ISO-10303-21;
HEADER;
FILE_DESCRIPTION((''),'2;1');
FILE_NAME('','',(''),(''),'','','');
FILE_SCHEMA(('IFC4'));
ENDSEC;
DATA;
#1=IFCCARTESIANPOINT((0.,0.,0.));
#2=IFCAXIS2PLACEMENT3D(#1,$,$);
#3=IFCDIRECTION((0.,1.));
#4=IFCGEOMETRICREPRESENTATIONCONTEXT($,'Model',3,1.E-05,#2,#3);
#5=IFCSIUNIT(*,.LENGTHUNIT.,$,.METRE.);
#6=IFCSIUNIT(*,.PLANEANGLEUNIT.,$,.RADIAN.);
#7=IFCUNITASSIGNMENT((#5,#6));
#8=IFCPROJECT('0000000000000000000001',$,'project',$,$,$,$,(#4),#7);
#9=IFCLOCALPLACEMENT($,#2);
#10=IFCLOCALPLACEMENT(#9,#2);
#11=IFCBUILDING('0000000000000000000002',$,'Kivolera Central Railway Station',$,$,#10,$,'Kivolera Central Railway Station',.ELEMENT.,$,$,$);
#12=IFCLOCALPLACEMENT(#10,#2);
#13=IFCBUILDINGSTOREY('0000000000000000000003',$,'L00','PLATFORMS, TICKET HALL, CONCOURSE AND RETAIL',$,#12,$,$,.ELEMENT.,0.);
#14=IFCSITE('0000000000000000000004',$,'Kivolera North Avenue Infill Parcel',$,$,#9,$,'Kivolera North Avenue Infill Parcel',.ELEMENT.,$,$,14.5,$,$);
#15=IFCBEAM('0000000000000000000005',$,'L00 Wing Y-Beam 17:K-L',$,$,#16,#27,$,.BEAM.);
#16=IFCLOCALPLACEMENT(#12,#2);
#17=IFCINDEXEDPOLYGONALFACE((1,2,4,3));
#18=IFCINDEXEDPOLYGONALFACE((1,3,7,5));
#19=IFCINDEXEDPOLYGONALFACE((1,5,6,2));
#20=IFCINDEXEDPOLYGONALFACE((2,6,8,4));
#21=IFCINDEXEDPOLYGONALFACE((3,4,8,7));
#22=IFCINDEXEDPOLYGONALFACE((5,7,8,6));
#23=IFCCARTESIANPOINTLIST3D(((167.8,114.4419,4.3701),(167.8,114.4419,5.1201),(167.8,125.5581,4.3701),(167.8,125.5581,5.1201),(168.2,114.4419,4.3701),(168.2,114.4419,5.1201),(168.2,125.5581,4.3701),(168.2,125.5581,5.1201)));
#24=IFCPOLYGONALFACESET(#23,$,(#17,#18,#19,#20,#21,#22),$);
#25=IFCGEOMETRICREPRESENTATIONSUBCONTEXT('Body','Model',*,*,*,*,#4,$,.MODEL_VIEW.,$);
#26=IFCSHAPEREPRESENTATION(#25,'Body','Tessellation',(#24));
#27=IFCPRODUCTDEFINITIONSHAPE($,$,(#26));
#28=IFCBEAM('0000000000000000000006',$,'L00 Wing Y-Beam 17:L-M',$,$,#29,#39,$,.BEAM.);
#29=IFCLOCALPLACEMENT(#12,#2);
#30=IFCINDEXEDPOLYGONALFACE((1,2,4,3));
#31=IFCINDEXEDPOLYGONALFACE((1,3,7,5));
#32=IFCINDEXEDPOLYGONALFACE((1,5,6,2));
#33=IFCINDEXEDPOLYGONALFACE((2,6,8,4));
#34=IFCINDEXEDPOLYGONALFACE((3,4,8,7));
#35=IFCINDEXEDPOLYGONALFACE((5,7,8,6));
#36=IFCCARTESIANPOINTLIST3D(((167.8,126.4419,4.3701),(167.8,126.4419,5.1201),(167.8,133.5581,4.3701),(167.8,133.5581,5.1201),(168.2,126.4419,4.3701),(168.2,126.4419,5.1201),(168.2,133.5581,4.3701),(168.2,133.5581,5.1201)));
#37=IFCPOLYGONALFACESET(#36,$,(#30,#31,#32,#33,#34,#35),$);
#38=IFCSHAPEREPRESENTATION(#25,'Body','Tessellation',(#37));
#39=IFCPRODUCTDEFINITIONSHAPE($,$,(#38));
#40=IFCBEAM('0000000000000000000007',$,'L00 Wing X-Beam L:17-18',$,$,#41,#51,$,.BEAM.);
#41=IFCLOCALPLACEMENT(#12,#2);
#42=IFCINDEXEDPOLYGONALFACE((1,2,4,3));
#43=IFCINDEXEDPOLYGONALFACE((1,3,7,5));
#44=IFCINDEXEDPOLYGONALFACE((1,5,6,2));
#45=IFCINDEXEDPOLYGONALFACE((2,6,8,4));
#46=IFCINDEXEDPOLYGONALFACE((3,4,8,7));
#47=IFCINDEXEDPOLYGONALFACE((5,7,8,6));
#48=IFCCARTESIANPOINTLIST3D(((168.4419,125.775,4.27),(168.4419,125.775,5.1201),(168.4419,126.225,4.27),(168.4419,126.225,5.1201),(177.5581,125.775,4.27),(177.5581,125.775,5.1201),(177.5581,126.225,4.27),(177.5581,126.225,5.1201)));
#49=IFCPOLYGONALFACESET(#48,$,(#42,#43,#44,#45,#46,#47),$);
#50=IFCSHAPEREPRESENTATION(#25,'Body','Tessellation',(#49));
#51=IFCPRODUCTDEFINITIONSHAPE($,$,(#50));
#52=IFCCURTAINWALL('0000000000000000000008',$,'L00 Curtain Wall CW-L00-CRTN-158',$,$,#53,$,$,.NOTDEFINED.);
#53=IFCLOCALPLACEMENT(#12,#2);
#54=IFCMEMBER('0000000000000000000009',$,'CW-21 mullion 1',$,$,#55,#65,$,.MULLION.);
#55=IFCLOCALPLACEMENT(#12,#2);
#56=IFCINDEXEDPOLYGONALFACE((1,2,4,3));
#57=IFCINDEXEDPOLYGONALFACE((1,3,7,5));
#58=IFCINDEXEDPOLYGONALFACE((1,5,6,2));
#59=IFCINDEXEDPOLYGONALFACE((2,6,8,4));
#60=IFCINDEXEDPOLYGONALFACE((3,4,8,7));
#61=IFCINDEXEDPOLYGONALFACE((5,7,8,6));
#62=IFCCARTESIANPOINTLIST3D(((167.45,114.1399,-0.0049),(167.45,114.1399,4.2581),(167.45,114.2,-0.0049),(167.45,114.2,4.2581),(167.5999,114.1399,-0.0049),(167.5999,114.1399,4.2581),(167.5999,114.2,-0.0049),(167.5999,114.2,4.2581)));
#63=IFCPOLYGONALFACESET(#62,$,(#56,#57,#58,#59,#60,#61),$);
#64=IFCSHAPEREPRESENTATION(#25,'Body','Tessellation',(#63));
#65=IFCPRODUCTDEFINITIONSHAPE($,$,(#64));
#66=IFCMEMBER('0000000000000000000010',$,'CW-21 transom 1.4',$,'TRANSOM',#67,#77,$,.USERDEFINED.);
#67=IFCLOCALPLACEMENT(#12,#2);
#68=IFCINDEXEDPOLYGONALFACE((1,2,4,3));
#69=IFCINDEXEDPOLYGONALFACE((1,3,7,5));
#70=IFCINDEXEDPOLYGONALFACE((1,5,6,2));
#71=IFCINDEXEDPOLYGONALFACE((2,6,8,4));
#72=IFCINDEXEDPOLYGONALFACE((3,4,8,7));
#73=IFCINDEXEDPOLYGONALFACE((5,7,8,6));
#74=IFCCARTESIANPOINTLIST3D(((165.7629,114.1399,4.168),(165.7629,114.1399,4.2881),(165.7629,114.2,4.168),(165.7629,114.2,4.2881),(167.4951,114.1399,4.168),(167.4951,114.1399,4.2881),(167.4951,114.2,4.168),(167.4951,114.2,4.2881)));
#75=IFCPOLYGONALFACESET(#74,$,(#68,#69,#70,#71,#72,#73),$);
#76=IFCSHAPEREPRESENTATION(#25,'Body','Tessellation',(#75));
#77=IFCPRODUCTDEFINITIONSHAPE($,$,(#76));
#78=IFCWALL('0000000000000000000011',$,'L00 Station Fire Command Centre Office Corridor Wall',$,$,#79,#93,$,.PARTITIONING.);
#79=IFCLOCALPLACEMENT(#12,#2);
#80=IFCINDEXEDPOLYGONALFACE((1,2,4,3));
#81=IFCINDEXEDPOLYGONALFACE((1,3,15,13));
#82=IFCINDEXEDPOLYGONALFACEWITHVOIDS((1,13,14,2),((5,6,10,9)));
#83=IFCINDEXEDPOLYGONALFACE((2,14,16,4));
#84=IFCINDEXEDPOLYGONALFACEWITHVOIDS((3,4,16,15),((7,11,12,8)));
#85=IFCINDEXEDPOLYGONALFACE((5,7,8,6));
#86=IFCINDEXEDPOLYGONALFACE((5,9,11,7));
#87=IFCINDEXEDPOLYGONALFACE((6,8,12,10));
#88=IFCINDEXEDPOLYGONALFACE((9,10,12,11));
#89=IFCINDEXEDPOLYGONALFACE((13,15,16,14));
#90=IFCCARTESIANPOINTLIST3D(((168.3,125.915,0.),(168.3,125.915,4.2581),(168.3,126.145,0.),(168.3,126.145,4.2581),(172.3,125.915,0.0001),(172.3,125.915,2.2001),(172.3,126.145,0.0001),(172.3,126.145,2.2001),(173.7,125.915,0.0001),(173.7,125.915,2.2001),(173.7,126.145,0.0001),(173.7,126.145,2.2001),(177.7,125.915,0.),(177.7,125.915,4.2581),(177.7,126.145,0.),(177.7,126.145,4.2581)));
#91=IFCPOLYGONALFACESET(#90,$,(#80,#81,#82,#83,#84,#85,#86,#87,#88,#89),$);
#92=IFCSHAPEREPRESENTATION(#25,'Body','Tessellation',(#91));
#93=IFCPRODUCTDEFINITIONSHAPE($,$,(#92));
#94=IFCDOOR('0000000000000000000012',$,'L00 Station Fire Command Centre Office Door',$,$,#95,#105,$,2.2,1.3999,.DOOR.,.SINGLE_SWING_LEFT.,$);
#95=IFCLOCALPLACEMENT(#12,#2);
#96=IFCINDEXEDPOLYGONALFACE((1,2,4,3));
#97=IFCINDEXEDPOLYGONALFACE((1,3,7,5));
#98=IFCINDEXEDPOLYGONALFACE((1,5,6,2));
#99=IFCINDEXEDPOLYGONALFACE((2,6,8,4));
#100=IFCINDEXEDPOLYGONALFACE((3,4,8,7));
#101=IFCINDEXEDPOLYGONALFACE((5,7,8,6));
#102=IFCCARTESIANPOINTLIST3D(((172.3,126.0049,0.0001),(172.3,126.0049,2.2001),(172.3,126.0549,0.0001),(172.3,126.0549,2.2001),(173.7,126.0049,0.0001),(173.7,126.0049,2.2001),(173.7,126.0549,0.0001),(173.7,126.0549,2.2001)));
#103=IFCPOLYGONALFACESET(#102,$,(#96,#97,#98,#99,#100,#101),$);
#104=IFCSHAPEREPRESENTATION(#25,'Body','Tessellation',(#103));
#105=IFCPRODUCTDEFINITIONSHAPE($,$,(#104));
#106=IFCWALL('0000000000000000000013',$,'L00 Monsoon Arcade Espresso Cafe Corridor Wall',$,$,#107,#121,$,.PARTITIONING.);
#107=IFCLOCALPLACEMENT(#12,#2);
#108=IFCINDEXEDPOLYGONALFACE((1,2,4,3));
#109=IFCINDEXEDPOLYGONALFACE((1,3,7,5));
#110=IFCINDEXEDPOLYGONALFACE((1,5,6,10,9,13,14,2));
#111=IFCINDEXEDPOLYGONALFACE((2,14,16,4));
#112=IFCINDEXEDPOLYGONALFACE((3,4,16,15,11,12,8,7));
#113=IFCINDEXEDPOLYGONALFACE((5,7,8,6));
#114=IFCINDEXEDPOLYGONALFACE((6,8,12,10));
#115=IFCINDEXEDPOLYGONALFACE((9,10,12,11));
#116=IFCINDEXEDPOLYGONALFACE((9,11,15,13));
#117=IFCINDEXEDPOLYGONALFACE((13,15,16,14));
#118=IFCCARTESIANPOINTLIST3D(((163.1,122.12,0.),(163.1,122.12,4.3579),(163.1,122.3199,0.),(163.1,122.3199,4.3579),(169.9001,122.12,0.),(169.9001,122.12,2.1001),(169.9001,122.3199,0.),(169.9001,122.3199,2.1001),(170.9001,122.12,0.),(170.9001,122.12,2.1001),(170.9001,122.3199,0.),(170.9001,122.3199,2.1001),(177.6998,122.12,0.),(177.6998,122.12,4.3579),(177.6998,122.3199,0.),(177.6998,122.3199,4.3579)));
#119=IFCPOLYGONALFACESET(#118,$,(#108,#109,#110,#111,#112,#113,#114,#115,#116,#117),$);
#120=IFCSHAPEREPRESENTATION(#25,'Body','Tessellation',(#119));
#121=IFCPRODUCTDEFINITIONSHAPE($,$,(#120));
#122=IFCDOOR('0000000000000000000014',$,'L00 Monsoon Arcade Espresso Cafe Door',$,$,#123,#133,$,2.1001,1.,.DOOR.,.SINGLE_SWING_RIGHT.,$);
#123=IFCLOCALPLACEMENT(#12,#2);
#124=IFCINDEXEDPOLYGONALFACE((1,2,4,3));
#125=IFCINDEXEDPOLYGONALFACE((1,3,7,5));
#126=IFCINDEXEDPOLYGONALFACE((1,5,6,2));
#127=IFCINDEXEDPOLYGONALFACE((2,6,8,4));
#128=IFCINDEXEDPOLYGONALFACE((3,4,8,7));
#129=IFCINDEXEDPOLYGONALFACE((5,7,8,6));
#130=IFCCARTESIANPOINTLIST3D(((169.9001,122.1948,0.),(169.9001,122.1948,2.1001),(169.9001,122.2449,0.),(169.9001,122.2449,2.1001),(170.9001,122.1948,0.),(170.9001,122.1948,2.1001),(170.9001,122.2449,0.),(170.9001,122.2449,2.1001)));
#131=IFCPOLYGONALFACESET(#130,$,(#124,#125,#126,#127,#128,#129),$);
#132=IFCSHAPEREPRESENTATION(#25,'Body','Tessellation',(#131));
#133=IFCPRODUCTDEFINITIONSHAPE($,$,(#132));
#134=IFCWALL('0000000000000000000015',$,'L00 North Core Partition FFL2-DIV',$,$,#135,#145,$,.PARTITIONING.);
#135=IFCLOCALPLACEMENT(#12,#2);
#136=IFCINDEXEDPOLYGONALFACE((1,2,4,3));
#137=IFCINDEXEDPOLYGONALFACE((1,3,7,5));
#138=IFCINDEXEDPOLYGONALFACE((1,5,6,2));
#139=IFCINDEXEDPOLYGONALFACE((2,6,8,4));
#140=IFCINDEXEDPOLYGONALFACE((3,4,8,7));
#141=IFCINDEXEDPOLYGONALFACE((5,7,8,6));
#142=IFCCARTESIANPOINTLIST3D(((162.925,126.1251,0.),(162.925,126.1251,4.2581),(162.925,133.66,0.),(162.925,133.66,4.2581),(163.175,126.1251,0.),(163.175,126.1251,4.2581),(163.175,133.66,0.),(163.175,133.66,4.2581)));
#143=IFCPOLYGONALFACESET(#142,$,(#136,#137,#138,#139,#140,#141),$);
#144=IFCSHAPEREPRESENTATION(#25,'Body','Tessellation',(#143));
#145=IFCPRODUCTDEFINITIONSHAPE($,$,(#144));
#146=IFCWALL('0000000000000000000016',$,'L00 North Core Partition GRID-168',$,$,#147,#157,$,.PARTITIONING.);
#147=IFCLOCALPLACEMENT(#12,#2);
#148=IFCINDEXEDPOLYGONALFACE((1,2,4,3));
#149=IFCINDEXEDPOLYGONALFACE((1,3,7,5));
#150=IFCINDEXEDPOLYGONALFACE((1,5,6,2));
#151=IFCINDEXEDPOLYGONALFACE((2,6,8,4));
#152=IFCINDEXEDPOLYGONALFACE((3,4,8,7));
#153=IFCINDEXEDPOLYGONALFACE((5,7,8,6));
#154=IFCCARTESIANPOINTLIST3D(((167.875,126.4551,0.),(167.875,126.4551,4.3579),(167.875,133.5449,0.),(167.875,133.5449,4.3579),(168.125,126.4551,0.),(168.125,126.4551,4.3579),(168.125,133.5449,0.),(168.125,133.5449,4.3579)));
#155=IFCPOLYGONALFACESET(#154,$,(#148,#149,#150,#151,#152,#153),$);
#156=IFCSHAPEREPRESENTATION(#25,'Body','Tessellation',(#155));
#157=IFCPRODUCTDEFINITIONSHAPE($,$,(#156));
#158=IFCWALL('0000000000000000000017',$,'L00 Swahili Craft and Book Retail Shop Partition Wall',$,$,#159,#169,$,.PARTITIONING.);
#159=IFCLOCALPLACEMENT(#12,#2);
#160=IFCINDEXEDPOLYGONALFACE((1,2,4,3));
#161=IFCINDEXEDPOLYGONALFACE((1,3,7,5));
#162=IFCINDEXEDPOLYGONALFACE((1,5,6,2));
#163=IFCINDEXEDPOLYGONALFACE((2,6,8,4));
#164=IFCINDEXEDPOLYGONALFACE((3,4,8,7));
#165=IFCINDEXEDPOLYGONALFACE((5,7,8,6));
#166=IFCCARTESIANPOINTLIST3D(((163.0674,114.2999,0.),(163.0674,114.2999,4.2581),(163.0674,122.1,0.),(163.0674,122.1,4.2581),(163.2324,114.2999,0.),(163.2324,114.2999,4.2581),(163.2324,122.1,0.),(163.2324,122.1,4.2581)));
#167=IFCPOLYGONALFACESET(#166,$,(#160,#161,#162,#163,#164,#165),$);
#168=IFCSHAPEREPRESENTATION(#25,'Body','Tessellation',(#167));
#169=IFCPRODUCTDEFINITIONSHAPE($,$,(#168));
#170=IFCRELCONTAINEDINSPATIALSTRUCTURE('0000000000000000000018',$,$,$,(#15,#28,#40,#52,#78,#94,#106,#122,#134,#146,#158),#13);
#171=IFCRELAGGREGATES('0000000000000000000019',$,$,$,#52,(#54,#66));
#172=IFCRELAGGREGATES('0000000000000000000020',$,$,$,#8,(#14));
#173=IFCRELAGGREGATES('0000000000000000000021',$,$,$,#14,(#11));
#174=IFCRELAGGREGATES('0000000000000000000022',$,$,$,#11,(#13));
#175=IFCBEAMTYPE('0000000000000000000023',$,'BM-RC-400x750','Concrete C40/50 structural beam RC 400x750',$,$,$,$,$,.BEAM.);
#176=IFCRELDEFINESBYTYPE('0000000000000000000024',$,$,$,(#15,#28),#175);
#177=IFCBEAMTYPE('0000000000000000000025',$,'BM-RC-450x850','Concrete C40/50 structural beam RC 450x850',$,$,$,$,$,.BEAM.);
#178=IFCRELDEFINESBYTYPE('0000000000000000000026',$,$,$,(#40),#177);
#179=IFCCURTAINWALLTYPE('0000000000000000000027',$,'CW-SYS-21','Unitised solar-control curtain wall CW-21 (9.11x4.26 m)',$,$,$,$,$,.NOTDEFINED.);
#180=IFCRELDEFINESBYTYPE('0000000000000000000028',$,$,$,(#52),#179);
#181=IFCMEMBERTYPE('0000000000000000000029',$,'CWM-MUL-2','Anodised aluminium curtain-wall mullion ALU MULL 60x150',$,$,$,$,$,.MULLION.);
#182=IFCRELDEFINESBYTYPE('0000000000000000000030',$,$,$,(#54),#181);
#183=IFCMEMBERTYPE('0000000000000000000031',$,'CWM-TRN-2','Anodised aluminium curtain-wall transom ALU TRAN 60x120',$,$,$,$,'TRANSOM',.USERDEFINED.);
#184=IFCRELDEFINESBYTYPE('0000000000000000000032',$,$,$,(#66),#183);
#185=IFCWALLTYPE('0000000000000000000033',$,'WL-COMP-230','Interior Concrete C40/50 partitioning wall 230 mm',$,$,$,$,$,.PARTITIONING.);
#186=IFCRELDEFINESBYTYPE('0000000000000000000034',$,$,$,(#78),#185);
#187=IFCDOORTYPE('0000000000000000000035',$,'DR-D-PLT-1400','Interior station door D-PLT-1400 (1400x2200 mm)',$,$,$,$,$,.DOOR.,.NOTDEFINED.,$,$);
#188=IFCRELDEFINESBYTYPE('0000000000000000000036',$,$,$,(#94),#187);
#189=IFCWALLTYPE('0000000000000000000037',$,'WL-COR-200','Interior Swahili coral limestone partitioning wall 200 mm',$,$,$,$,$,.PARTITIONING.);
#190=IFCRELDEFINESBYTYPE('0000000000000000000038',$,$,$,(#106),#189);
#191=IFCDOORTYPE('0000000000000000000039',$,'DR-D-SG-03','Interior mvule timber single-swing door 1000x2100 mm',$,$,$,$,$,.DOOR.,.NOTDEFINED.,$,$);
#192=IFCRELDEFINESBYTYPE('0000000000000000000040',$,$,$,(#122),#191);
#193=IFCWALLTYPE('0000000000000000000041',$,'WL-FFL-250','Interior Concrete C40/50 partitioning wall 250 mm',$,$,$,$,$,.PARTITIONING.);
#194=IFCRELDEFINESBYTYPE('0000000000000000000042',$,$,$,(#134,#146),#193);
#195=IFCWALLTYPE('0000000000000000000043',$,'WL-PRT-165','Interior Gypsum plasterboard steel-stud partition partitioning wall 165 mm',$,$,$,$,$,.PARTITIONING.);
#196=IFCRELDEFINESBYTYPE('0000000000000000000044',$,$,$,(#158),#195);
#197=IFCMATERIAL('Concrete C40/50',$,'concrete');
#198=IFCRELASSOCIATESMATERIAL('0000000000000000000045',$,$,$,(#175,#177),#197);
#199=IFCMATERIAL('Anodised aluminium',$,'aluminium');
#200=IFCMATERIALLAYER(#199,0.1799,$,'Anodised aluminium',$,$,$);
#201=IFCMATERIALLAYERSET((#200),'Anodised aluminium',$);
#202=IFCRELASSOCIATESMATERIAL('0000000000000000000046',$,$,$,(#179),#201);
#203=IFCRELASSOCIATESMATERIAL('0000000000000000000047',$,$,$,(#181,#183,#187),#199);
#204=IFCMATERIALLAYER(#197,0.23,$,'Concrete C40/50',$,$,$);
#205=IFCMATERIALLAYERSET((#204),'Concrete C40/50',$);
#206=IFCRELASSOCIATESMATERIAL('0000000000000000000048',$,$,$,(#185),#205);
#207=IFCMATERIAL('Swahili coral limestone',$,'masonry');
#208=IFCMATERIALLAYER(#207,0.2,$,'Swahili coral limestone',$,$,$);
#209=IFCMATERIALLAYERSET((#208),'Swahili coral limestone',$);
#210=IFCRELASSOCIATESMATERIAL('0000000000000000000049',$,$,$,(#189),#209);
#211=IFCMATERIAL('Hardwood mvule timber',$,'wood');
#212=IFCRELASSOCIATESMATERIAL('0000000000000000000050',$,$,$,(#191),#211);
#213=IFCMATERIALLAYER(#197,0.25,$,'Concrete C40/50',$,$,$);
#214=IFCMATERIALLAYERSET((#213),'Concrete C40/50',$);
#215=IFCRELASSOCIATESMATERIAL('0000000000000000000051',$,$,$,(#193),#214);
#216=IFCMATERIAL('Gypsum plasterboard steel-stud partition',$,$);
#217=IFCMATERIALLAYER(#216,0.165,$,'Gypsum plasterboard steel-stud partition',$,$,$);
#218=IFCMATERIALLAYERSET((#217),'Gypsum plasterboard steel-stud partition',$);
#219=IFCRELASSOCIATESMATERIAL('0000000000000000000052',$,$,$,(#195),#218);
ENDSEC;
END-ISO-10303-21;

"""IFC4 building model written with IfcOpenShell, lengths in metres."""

from ifc_helpers import new_model, si_unit, direction, frame, frame_2d, origin, origin_2d, place, context, subcontext, project, spatial, rectangle, extrude, material, layer, layer_set, material_profile, profile_set, type_object, element, fill, aggregate, save


model = new_model("IFC4")

# Units and contexts
model_context = context("Model", 3, precision=1e-05, world=origin(), true_north=direction((0.0, 1.0)))
body_context = subcontext(model_context, "Body", "Model", "MODEL_VIEW")
ifc_project = project(units=[si_unit("LENGTHUNIT", "METRE"), si_unit("PLANEANGLEUNIT", "RADIAN")], contexts=[model_context])

# Site, building, storey
site_placement = place(None, origin())
site = spatial("IfcSite", under=ifc_project, at=site_placement, Name="Kivolera North Avenue Infill Parcel", LongName="Kivolera North Avenue Infill Parcel", CompositionType="ELEMENT", RefElevation=14.5)
building_placement = place(site_placement, origin())
building = spatial("IfcBuilding", under=site, at=building_placement, Name="Kivolera Central Railway Station", LongName="Kivolera Central Railway Station", CompositionType="ELEMENT")
storey_placement = place(building_placement, origin())
storey = spatial("IfcBuildingStorey", under=building, at=storey_placement, Name="L00", Description="PLATFORMS, TICKET HALL, CONCOURSE AND RETAIL", CompositionType="ELEMENT", Elevation=0.0)

# Shared definitions
ifc_material_1 = material(Name="Concrete C40/50", Category="concrete")

# Beams
ifc_material_profile_1 = material_profile(ifc_material_1, rectangle(XDim=0.3999, YDim=0.75, at=origin_2d()), Name="RC 400x750")
ifc_profile_set_1 = profile_set([ifc_material_profile_1], Name="Concrete C40/50")
beam_type_1 = type_object("IfcBeamType", Name="BM-RC-400x750", Description="Concrete C40/50 structural beam RC 400x750", PredefinedType="BEAM", material=ifc_profile_set_1)
beam_1_placement = place(storey_placement, frame((168.0, 114.4419, 4.7451), z_axis=(0.0, 1.0, 0.0), x_axis=(-1.0, 0.0, 0.0)))
element("IfcBeam", 1, at=beam_1_placement, inside=storey, type_object=beam_type_1, Name="L00 Wing Y-Beam 17:K-L", PredefinedType="BEAM", context=body_context, shape_type="SweptSolid", body=[
    extrude(rectangle(XDim=0.3999, YDim=0.75, at=origin_2d()), origin(), (0.0, 0.0, 1.0), 11.1162),
])
beam_2_placement = place(storey_placement, frame((168.0, 126.4419, 4.7451), z_axis=(0.0, 1.0, 0.0), x_axis=(-1.0, 0.0, 0.0)))
element("IfcBeam", 2, at=beam_2_placement, inside=storey, type_object=beam_type_1, Name="L00 Wing Y-Beam 17:L-M", PredefinedType="BEAM", context=body_context, shape_type="SweptSolid", body=[
    extrude(rectangle(XDim=0.3999, YDim=0.75, at=origin_2d()), origin(), (0.0, 0.0, 1.0), 7.1162),
])
ifc_material_profile_2 = material_profile(ifc_material_1, rectangle(XDim=0.45, YDim=0.8501, at=origin_2d()), Name="RC 450x850")
ifc_profile_set_2 = profile_set([ifc_material_profile_2], Name="Concrete C40/50")
beam_type_2 = type_object("IfcBeamType", Name="BM-RC-450x850", Description="Concrete C40/50 structural beam RC 450x850", PredefinedType="BEAM", material=ifc_profile_set_2)
beam_3_placement = place(storey_placement, frame((168.4419, 126.0, 4.6951), z_axis=(1.0, 0.0, 0.0), x_axis=(0.0, 1.0, 0.0)))
element("IfcBeam", 3, at=beam_3_placement, inside=storey, type_object=beam_type_2, Name="L00 Wing X-Beam L:17-18", PredefinedType="BEAM", context=body_context, shape_type="SweptSolid", body=[
    extrude(rectangle(XDim=0.45, YDim=0.8501, at=origin_2d()), origin(), (0.0, 0.0, 1.0), 9.1162),
])

# Curtain wall, members
ifc_material_2 = material(Name="Anodised aluminium", Category="aluminium")
ifc_layer_1 = layer(ifc_material_2, 0.1799, Name="Anodised aluminium")
ifc_layer_set_1 = layer_set([ifc_layer_1], Name="Anodised aluminium")
curtain_wall_type = type_object("IfcCurtainWallType", Name="CW-SYS-21", Description="Unitised solar-control curtain wall CW-21 (9.11x4.26 m)", PredefinedType="NOTDEFINED", material=ifc_layer_set_1)
curtain_wall_placement = place(storey_placement, origin())
curtain_wall = element("IfcCurtainWall", 4, at=curtain_wall_placement, inside=storey, type_object=curtain_wall_type, Name="L00 Curtain Wall CW-L00-CRTN-158", PredefinedType="NOTDEFINED")
ifc_material_profile_3 = material_profile(ifc_material_2, rectangle(XDim=0.0601, YDim=0.1499, at=origin_2d()), Name="ALU MULL 60x150")
ifc_profile_set_3 = profile_set([ifc_material_profile_3], Name="Anodised aluminium")
member_type_1 = type_object("IfcMemberType", Name="CWM-MUL-2", Description="Anodised aluminium curtain-wall mullion ALU MULL 60x150", PredefinedType="MULLION", material=ifc_profile_set_3)
member_1_placement = place(storey_placement, frame((167.5249, 114.1699, -0.0049), z_axis=(0.0, 0.0, 1.0), x_axis=(0.0, -1.0, 0.0)))
member_1 = element("IfcMember", 5, at=member_1_placement, type_object=member_type_1, Name="CW-21 mullion 1", PredefinedType="MULLION", context=body_context, shape_type="SweptSolid", body=[
    extrude(rectangle(XDim=0.0601, YDim=0.1499, at=origin_2d()), origin(), (0.0, 0.0, 1.0), 4.2629),
])
ifc_material_profile_4 = material_profile(ifc_material_2, rectangle(XDim=0.0601, YDim=0.1201, at=origin_2d()), Name="ALU TRAN 60x120")
ifc_profile_set_4 = profile_set([ifc_material_profile_4], Name="Anodised aluminium")
member_type_2 = type_object("IfcMemberType", Name="CWM-TRN-2", Description="Anodised aluminium curtain-wall transom ALU TRAN 60x120", ElementType="TRANSOM", PredefinedType="USERDEFINED", material=ifc_profile_set_4)
member_2_placement = place(storey_placement, frame((167.4951, 114.1699, 4.228), z_axis=(-1.0, 0.0, 0.0), x_axis=(0.0, -1.0, 0.0)))
member_2 = element("IfcMember", 6, at=member_2_placement, type_object=member_type_2, Name="CW-21 transom 1.4", ObjectType="TRANSOM", PredefinedType="USERDEFINED", context=body_context, shape_type="SweptSolid", body=[
    extrude(rectangle(XDim=0.0601, YDim=0.1201, at=origin_2d()), origin(), (0.0, 0.0, 1.0), 1.7322),
])
aggregate(curtain_wall, [member_1, member_2])

# Walls, openings, doors
ifc_layer_2 = layer(ifc_material_1, 0.23, Name="Concrete C40/50")
ifc_layer_set_2 = layer_set([ifc_layer_2], Name="Concrete C40/50")
wall_type_1 = type_object("IfcWallType", Name="WL-COMP-230", Description="Interior Concrete C40/50 partitioning wall 230 mm", PredefinedType="PARTITIONING", material=ifc_layer_set_2)
wall_1_placement = place(storey_placement, frame((168.3, 126.03, 0.0), z_axis=(0.0, 0.0, 1.0), x_axis=(1.0, 0.0, 0.0)))
wall_1 = element("IfcWall", 7, at=wall_1_placement, inside=storey, type_object=wall_type_1, Name="L00 Station Fire Command Centre Office Corridor Wall", PredefinedType="PARTITIONING", context=body_context, shape_type="SweptSolid", body=[
    extrude(rectangle(XDim=9.3999, YDim=0.23, at=frame_2d((4.7, 0.0))), origin(), (0.0, 0.0, 1.0), 4.2581),
])
opening_1_placement = place(wall_1_placement, frame((4.0, 0.0, 0.0)))
opening_1 = element("IfcOpeningElement", 8, at=opening_1_placement, cuts=wall_1, PredefinedType="OPENING", context=body_context, shape_type="SweptSolid", body=[
    extrude(rectangle(XDim=1.3999, YDim=2.2, at=frame_2d((0.7, 1.1001))), frame((0.0, 0.125, 0.0), z_axis=(0.0, -1.0, 0.0), x_axis=(1.0, 0.0, 0.0)), (0.0, 0.0, 1.0), 0.25),
])
door_type_1 = type_object("IfcDoorType", Name="DR-D-PLT-1400", Description="Interior station door D-PLT-1400 (1400x2200 mm)", OperationType="NOTDEFINED", PredefinedType="DOOR", material=ifc_material_2)
door_1_placement = place(opening_1_placement, origin())
door_1 = element("IfcDoor", 9, at=door_1_placement, inside=storey, type_object=door_type_1, Name="L00 Station Fire Command Centre Office Door", OperationType="SINGLE_SWING_LEFT", OverallHeight=2.2, OverallWidth=1.3999, PredefinedType="DOOR", context=body_context, shape_type="SweptSolid", body=[
    extrude(rectangle(XDim=1.3999, YDim=2.2, at=frame_2d((0.7, 1.1001))), frame((0.0, 0.0249, 0.0), z_axis=(0.0, -1.0, 0.0), x_axis=(1.0, 0.0, 0.0)), (0.0, 0.0, 1.0), 0.05),
])
fill(opening_1, door_1)
ifc_material_3 = material(Name="Swahili coral limestone", Category="masonry")
ifc_layer_3 = layer(ifc_material_3, 0.2, Name="Swahili coral limestone")
ifc_layer_set_3 = layer_set([ifc_layer_3], Name="Swahili coral limestone")
wall_type_2 = type_object("IfcWallType", Name="WL-COR-200", Description="Interior Swahili coral limestone partitioning wall 200 mm", PredefinedType="PARTITIONING", material=ifc_layer_set_3)
wall_2_placement = place(storey_placement, frame((163.1001, 122.22, 0.0), z_axis=(0.0, 0.0, 1.0), x_axis=(1.0, 0.0, 0.0)))
wall_2 = element("IfcWall", 10, at=wall_2_placement, inside=storey, type_object=wall_type_2, Name="L00 Monsoon Arcade Espresso Cafe Corridor Wall", PredefinedType="PARTITIONING", context=body_context, shape_type="SweptSolid", body=[
    extrude(rectangle(XDim=14.5999, YDim=0.2, at=frame_2d((7.2998, 0.0))), origin(), (0.0, 0.0, 1.0), 4.3579),
])
opening_2_placement = place(wall_2_placement, frame((6.8, 0.0, 0.0)))
opening_2 = element("IfcOpeningElement", 11, at=opening_2_placement, cuts=wall_2, PredefinedType="OPENING", context=body_context, shape_type="SweptSolid", body=[
    extrude(rectangle(XDim=1.0, YDim=2.1001, at=frame_2d((0.5, 1.05))), frame((0.0, 0.1099, 0.0), z_axis=(0.0, -1.0, 0.0), x_axis=(1.0, 0.0, 0.0)), (0.0, 0.0, 1.0), 0.22),
])
ifc_material_4 = material(Name="Hardwood mvule timber", Category="wood")
door_type_2 = type_object("IfcDoorType", Name="DR-D-SG-03", Description="Interior mvule timber single-swing door 1000x2100 mm", OperationType="NOTDEFINED", PredefinedType="DOOR", material=ifc_material_4)
door_2_placement = place(opening_2_placement, origin())
door_2 = element("IfcDoor", 12, at=door_2_placement, inside=storey, type_object=door_type_2, Name="L00 Monsoon Arcade Espresso Cafe Door", OperationType="SINGLE_SWING_RIGHT", OverallHeight=2.1001, OverallWidth=1.0, PredefinedType="DOOR", context=body_context, shape_type="SweptSolid", body=[
    extrude(rectangle(XDim=1.0, YDim=2.1001, at=frame_2d((0.5, 1.05))), frame((0.0, 0.0249, 0.0), z_axis=(0.0, -1.0, 0.0), x_axis=(1.0, 0.0, 0.0)), (0.0, 0.0, 1.0), 0.05),
])
fill(opening_2, door_2)

# Walls
ifc_layer_4 = layer(ifc_material_1, 0.25, Name="Concrete C40/50")
ifc_layer_set_4 = layer_set([ifc_layer_4], Name="Concrete C40/50")
wall_type_3 = type_object("IfcWallType", Name="WL-FFL-250", Description="Interior Concrete C40/50 partitioning wall 250 mm", PredefinedType="PARTITIONING", material=ifc_layer_set_4)
wall_3_placement = place(storey_placement, frame((163.05, 126.125, 0.0), z_axis=(0.0, 0.0, 1.0), x_axis=(0.0, 1.0, 0.0)))
element("IfcWall", 13, at=wall_3_placement, inside=storey, type_object=wall_type_3, Name="L00 North Core Partition FFL2-DIV", PredefinedType="PARTITIONING", context=body_context, shape_type="SweptSolid", body=[
    extrude(rectangle(XDim=7.5349, YDim=0.25, at=frame_2d((3.7676, 0.0))), origin(), (0.0, 0.0, 1.0), 4.2581),
])
wall_4_placement = place(storey_placement, frame((168.0, 126.4551, 0.0), z_axis=(0.0, 0.0, 1.0), x_axis=(0.0, 1.0, 0.0)))
element("IfcWall", 14, at=wall_4_placement, inside=storey, type_object=wall_type_3, Name="L00 North Core Partition GRID-168", PredefinedType="PARTITIONING", context=body_context, shape_type="SweptSolid", body=[
    extrude(rectangle(XDim=7.0898, YDim=0.25, at=frame_2d((3.5449, 0.0))), origin(), (0.0, 0.0, 1.0), 4.3579),
])
ifc_material_5 = material(Name="Gypsum plasterboard steel-stud partition")
ifc_layer_5 = layer(ifc_material_5, 0.165, Name="Gypsum plasterboard steel-stud partition")
ifc_layer_set_5 = layer_set([ifc_layer_5], Name="Gypsum plasterboard steel-stud partition")
wall_type_4 = type_object("IfcWallType", Name="WL-PRT-165", Description="Interior Gypsum plasterboard steel-stud partition partitioning wall 165 mm", PredefinedType="PARTITIONING", material=ifc_layer_set_5)
wall_5_placement = place(storey_placement, frame((163.1499, 114.3, 0.0), z_axis=(0.0, 0.0, 1.0), x_axis=(0.0, 1.0, 0.0)))
element("IfcWall", 15, at=wall_5_placement, inside=storey, type_object=wall_type_4, Name="L00 Swahili Craft and Book Retail Shop Partition Wall", PredefinedType="PARTITIONING", context=body_context, shape_type="SweptSolid", body=[
    extrude(rectangle(XDim=7.8, YDim=0.165, at=frame_2d((3.8999, 0.0))), origin(), (0.0, 0.0, 1.0), 4.2581),
])

save(model, "model.ifc")
